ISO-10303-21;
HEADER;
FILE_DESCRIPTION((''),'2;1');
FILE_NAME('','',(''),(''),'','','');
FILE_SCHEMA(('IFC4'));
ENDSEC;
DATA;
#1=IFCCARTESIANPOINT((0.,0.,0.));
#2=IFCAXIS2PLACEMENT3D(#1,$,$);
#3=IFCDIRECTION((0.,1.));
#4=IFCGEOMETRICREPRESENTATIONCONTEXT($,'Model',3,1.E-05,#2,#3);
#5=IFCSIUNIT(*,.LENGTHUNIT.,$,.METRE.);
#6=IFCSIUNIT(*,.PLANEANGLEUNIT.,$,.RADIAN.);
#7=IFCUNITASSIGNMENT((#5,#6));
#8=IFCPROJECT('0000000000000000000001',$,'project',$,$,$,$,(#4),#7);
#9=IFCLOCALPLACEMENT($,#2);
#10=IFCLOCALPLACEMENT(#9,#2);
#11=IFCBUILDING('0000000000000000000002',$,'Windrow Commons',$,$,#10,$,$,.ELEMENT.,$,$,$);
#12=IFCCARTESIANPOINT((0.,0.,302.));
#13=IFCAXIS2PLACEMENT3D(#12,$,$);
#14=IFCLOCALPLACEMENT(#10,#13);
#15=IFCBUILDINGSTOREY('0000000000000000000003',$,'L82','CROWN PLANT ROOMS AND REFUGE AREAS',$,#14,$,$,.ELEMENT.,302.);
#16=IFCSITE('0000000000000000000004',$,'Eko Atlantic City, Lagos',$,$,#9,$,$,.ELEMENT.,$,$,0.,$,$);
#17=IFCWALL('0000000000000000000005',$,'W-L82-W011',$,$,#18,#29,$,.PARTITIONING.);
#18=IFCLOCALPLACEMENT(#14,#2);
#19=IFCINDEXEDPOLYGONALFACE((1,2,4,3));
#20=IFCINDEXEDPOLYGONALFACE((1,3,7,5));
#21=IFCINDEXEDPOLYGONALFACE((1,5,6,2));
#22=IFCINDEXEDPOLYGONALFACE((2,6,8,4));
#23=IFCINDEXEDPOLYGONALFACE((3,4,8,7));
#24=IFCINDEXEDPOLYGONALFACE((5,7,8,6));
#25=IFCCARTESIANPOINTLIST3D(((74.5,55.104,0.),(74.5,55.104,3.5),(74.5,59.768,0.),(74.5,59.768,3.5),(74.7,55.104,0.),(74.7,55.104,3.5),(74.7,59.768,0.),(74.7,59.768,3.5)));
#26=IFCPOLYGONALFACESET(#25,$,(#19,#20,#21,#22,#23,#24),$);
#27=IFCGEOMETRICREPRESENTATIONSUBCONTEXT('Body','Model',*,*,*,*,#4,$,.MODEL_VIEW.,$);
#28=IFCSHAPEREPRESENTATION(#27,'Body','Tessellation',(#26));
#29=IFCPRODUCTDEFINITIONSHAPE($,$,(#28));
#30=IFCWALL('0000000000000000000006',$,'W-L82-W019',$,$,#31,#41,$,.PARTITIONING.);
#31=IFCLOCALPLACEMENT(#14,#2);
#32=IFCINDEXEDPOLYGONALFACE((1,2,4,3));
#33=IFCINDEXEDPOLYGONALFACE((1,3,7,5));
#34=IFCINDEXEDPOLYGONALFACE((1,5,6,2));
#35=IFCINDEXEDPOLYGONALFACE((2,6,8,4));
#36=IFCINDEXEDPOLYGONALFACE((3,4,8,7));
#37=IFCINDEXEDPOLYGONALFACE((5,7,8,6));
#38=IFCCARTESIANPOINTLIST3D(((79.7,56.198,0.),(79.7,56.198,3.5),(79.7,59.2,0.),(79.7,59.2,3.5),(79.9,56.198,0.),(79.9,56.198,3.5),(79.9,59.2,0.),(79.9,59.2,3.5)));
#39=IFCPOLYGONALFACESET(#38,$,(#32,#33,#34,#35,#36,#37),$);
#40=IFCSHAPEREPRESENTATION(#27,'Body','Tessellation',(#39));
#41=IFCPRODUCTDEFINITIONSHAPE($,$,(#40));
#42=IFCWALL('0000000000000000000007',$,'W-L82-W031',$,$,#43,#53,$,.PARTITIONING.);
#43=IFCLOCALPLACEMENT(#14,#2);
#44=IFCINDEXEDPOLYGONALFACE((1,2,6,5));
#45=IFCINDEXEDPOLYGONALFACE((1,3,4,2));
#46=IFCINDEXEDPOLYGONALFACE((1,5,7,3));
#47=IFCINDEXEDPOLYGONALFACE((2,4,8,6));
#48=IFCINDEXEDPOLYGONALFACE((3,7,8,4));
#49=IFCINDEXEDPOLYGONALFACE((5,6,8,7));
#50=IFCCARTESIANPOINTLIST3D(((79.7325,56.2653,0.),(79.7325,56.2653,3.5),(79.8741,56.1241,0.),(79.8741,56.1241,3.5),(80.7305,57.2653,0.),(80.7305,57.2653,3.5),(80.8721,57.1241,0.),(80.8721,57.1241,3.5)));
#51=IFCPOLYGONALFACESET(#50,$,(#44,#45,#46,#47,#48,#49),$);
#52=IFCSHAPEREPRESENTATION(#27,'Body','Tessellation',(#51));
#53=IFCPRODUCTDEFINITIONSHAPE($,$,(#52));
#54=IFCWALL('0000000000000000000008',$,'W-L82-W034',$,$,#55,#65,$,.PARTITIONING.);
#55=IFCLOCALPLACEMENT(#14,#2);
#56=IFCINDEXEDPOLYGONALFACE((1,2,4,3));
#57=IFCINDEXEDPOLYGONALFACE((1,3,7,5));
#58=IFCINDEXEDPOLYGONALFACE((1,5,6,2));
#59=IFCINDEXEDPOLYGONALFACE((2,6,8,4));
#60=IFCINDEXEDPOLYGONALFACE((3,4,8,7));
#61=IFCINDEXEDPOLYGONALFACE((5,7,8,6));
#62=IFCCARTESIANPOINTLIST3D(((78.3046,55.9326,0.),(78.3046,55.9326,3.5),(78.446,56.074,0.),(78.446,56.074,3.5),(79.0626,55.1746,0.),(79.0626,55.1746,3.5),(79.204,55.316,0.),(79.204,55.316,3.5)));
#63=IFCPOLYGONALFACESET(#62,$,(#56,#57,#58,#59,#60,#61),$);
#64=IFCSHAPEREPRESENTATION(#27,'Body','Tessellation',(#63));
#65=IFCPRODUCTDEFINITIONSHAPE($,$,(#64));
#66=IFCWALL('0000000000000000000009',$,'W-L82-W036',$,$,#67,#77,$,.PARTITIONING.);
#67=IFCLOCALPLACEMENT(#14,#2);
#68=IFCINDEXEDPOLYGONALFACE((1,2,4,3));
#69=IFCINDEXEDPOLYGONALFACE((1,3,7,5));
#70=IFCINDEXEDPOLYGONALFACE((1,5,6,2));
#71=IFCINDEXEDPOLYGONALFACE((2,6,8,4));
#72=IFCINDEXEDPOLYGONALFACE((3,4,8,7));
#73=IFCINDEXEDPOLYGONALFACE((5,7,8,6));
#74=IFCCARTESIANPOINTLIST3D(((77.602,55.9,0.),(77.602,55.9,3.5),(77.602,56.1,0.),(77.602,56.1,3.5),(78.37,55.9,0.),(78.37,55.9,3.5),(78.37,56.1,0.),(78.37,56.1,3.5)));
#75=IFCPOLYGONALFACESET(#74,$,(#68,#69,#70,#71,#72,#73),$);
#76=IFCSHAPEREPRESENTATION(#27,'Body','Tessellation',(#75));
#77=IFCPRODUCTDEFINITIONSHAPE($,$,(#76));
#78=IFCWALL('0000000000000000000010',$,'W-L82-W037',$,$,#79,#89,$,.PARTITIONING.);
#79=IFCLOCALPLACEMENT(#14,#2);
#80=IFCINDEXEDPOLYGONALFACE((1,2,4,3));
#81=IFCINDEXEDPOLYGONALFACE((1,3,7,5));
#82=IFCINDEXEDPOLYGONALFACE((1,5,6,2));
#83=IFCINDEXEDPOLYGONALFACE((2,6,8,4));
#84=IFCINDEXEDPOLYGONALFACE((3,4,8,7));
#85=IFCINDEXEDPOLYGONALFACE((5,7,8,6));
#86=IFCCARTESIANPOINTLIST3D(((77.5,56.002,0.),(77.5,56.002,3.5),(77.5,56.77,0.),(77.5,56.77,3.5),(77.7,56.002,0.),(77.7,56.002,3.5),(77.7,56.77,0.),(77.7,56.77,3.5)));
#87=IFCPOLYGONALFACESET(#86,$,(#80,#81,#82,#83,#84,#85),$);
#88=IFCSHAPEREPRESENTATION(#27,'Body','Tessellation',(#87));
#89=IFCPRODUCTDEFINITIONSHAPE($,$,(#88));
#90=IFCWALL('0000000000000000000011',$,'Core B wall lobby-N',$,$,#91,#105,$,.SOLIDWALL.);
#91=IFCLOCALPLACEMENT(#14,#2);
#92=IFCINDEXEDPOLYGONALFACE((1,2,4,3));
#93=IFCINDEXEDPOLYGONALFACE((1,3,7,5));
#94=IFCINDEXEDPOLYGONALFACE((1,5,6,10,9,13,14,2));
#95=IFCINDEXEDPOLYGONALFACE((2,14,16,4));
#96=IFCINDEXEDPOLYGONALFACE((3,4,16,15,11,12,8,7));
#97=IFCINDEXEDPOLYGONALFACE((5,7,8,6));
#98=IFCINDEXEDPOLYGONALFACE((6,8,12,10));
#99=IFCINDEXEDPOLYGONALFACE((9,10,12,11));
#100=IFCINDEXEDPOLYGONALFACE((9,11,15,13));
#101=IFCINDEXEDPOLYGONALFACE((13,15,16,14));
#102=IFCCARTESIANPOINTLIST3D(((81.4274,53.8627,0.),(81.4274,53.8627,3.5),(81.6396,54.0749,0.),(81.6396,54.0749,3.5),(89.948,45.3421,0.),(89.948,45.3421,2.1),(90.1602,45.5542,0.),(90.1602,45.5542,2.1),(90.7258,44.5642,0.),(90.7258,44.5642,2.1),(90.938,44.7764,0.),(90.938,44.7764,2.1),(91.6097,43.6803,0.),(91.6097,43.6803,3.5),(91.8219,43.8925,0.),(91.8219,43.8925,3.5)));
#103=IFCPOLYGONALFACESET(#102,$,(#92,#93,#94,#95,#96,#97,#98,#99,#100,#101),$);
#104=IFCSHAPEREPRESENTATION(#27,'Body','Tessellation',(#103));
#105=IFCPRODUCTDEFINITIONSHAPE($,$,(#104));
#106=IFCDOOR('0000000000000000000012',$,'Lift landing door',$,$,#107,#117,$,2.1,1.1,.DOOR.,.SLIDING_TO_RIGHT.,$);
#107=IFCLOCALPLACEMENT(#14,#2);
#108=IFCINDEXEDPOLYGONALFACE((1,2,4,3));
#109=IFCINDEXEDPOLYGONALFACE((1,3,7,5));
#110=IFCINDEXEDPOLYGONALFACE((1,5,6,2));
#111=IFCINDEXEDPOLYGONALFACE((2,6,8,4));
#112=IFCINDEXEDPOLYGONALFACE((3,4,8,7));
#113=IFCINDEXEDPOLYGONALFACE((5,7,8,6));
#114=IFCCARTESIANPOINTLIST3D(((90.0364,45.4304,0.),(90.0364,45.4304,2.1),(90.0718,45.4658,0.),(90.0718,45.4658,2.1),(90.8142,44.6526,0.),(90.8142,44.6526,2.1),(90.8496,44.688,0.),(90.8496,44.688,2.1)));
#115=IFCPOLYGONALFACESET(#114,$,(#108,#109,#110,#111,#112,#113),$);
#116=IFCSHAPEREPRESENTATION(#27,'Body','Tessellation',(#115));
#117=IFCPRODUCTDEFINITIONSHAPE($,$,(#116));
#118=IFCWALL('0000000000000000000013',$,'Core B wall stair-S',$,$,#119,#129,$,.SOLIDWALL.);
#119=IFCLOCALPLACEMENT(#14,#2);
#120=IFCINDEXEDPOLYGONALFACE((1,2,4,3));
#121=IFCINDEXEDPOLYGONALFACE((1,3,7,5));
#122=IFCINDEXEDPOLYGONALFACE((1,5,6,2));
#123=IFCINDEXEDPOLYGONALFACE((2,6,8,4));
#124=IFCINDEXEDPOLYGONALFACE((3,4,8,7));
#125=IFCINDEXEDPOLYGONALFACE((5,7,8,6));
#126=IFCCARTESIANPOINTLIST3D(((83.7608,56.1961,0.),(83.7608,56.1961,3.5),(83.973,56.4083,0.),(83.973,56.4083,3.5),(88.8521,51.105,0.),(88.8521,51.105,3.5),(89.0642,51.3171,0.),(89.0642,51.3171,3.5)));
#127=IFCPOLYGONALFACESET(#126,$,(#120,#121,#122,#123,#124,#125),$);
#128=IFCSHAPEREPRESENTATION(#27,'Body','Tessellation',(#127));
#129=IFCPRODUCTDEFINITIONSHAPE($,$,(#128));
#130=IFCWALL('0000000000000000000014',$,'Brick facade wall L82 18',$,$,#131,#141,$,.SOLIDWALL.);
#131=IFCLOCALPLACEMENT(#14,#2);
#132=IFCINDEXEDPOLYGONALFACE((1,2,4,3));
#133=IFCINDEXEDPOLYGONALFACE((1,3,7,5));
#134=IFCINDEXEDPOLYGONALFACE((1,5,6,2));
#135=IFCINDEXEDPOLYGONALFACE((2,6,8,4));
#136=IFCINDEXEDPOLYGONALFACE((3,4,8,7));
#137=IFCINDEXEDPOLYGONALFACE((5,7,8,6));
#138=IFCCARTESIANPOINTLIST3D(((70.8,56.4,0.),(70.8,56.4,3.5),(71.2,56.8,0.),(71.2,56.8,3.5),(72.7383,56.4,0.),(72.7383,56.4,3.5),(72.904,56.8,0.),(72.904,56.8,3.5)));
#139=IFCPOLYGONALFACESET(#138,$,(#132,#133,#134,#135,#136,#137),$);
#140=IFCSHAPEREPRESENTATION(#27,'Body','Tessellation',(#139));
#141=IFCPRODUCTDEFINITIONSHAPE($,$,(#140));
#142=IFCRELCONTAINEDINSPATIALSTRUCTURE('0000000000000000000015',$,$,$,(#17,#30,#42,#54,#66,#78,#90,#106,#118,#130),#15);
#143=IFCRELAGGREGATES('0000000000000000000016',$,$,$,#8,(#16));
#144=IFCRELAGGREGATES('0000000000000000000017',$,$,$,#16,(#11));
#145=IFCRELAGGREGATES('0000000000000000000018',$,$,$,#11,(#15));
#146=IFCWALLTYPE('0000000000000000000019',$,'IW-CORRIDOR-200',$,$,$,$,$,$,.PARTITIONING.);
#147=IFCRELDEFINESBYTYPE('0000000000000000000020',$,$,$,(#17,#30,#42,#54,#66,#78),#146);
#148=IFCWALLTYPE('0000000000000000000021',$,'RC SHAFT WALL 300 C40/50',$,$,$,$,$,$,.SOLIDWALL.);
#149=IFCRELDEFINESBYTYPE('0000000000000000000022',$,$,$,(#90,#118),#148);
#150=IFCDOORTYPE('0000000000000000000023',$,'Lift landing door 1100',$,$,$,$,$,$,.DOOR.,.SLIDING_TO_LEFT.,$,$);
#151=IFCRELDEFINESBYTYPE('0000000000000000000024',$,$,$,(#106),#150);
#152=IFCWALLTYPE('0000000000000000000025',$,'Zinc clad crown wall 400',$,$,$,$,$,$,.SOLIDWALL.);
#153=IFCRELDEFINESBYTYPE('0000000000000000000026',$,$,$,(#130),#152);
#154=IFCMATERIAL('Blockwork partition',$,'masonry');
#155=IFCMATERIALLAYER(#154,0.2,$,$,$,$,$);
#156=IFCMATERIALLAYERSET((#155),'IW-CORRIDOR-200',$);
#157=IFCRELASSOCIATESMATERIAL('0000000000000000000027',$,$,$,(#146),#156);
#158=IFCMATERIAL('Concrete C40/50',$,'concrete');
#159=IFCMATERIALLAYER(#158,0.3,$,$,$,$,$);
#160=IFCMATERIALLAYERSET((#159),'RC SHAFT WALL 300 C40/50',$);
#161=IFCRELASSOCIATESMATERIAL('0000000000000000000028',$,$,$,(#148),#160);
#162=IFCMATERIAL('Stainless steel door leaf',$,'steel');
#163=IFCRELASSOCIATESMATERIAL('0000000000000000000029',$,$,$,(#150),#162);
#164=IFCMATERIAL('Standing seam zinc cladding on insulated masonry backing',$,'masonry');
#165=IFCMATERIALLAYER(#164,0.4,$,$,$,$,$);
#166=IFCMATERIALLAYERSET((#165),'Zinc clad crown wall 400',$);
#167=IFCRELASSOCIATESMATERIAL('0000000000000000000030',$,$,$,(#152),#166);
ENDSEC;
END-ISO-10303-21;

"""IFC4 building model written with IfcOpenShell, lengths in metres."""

from ifc_helpers import new_model, si_unit, direction, frame, frame_2d, origin, place, context, subcontext, project, spatial, polyline, rectangle, outline, extrude, material, layer, layer_set, type_object, element, fill, save


model = new_model("IFC4")

# Units and contexts
model_context = context("Model", 3, precision=1e-05, world=origin(), true_north=direction((0.0, 1.0)))
body_context = subcontext(model_context, "Body", "Model", "MODEL_VIEW")
ifc_project = project(units=[si_unit("LENGTHUNIT", "METRE"), si_unit("PLANEANGLEUNIT", "RADIAN")], contexts=[model_context])

# Site, building, storey
site_placement = place(None, origin())
site = spatial("IfcSite", under=ifc_project, at=site_placement, Name="Eko Atlantic City, Lagos", CompositionType="ELEMENT", RefElevation=0.0)
building_placement = place(site_placement, origin())
building = spatial("IfcBuilding", under=site, at=building_placement, Name="Windrow Commons", CompositionType="ELEMENT")
storey_placement = place(building_placement, frame((0.0, 0.0, 302.0)))
storey = spatial("IfcBuildingStorey", under=building, at=storey_placement, Name="L82", Description="CROWN PLANT ROOMS AND REFUGE AREAS", CompositionType="ELEMENT", Elevation=302.0)

# Walls
ifc_material_1 = material(Name="Blockwork partition", Category="masonry")
ifc_layer_1 = layer(ifc_material_1, 0.2)
ifc_layer_set_1 = layer_set([ifc_layer_1], Name="IW-CORRIDOR-200")
wall_type_1 = type_object("IfcWallType", Name="IW-CORRIDOR-200", PredefinedType="PARTITIONING", material=ifc_layer_set_1)
wall_1_placement = place(storey_placement, frame((74.6, 55.104, 0.0), z_axis=(0.0, 0.0, 1.0), x_axis=(0.0, 1.0, 0.0)))
element("IfcWall", 1, at=wall_1_placement, inside=storey, type_object=wall_type_1, Name="W-L82-W011", PredefinedType="PARTITIONING", context=body_context, shape_type="SweptSolid", body=[
    extrude(rectangle(XDim=4.664, YDim=0.2, at=frame_2d((2.332, 0.0))), origin(), (0.0, 0.0, 1.0), 3.5),
])
wall_2_placement = place(storey_placement, frame((79.8, 56.198, 0.0), z_axis=(0.0, 0.0, 1.0), x_axis=(0.0, 1.0, 0.0)))
element("IfcWall", 2, at=wall_2_placement, inside=storey, type_object=wall_type_1, Name="W-L82-W019", PredefinedType="PARTITIONING", context=body_context, shape_type="SweptSolid", body=[
    extrude(rectangle(XDim=3.002, YDim=0.2, at=frame_2d((1.501, 0.0))), origin(), (0.0, 0.0, 1.0), 3.5),
])
wall_3_placement = place(storey_placement, frame((79.8033, 56.1947, 0.0), z_axis=(0.0, 0.0, 1.0), x_axis=(0.706399, 0.707814, 0.0)))
element("IfcWall", 3, at=wall_3_placement, inside=storey, type_object=wall_type_1, Name="W-L82-W031", PredefinedType="PARTITIONING", context=body_context, shape_type="SweptSolid", body=[
    extrude(rectangle(XDim=1.4128, YDim=0.2, at=frame_2d((0.7064, 0.0))), origin(), (0.0, 0.0, 1.0), 3.5),
])
wall_4_placement = place(storey_placement, frame((78.3753, 56.0033, 0.0), z_axis=(0.0, 0.0, 1.0), x_axis=(0.707107, -0.707107, 0.0)))
element("IfcWall", 4, at=wall_4_placement, inside=storey, type_object=wall_type_1, Name="W-L82-W034", PredefinedType="PARTITIONING", context=body_context, shape_type="SweptSolid", body=[
    extrude(rectangle(XDim=1.072, YDim=0.2, at=frame_2d((0.536, 0.0))), origin(), (0.0, 0.0, 1.0), 3.5),
])
for number, where, z_axis, x_axis, name in (
    (5, (77.602, 56.0, 0.0), (0.0, 0.0, 1.0), (1.0, 0.0, 0.0), "W-L82-W036"),
    (6, (77.6, 56.002, 0.0), (0.0, 0.0, 1.0), (0.0, 1.0, 0.0), "W-L82-W037"),
):
    element("IfcWall", number, at=place(storey_placement, frame(where, z_axis=z_axis, x_axis=x_axis)), inside=storey, type_object=wall_type_1, Name=name, PredefinedType="PARTITIONING", context=body_context, shape_type="SweptSolid", body=[
        extrude(rectangle(XDim=0.768, YDim=0.2, at=frame_2d((0.384, 0.0))), origin(), (0.0, 0.0, 1.0), 3.5),
    ])

# Wall, opening, door
ifc_material_2 = material(Name="Concrete C40/50", Category="concrete")
ifc_layer_2 = layer(ifc_material_2, 0.3)
ifc_layer_set_2 = layer_set([ifc_layer_2], Name="RC SHAFT WALL 300 C40/50")
wall_type_2 = type_object("IfcWallType", Name="RC SHAFT WALL 300 C40/50", PredefinedType="SOLIDWALL", material=ifc_layer_set_2)
wall_5_placement = place(storey_placement, frame((81.5335, 53.9688, 0.0), z_axis=(0.0, 0.0, 1.0), x_axis=(0.707103, -0.70711, 0.0)))
wall_5 = element("IfcWall", 7, at=wall_5_placement, inside=storey, type_object=wall_type_2, Name="Core B wall lobby-N", PredefinedType="SOLIDWALL", context=body_context, shape_type="SweptSolid", body=[
    extrude(outline(polyline([(0.0, 0.0), (14.4, 0.0), (14.4, 3.5), (0.0, 3.5), (0.0, 0.0)])), frame((0.0, 0.15, 0.0), z_axis=(0.0, -1.0, 0.0), x_axis=(1.0, 0.0, 0.0)), (0.0, 0.0, 1.0), 0.3),
])
opening_1_placement = place(wall_5_placement, frame((12.05, 0.0, 0.0)))
opening_1 = element("IfcOpeningElement", 8, at=opening_1_placement, cuts=wall_5, PredefinedType="OPENING", context=body_context, shape_type="SweptSolid", body=[
    extrude(rectangle(XDim=1.1, YDim=2.1, at=frame_2d((0.55, 1.05))), frame((0.0, 0.16, 0.0), z_axis=(0.0, -1.0, 0.0), x_axis=(1.0, 0.0, 0.0)), (0.0, 0.0, 1.0), 0.32),
])
ifc_material_3 = material(Name="Stainless steel door leaf", Category="steel")
door_type = type_object("IfcDoorType", Name="Lift landing door 1100", OperationType="SLIDING_TO_LEFT", PredefinedType="DOOR", material=ifc_material_3)
door_placement = place(opening_1_placement, origin())
door = element("IfcDoor", 9, at=door_placement, inside=storey, type_object=door_type, Name="Lift landing door", OperationType="SLIDING_TO_RIGHT", OverallHeight=2.1, OverallWidth=1.1, PredefinedType="DOOR", context=body_context, shape_type="SweptSolid", body=[
    extrude(rectangle(XDim=1.1, YDim=2.1, at=frame_2d((0.55, 1.05))), frame((0.0, 0.025, 0.0), z_axis=(0.0, -1.0, 0.0), x_axis=(1.0, 0.0, 0.0)), (0.0, 0.0, 1.0), 0.05),
])
fill(opening_1, door)

# Walls
wall_6_placement = place(storey_placement, frame((83.8669, 56.3022, 0.0), z_axis=(0.0, 0.0, 1.0), x_axis=(0.707114, -0.7071, 0.0)))
element("IfcWall", 10, at=wall_6_placement, inside=storey, type_object=wall_type_2, Name="Core B wall stair-S", PredefinedType="SOLIDWALL", context=body_context, shape_type="SweptSolid", body=[
    extrude(outline(polyline([(0.0, 0.0), (7.2, 0.0), (7.2, 3.5), (0.0, 3.5), (0.0, 0.0)])), frame((0.0, 0.15, 0.0), z_axis=(0.0, -1.0, 0.0), x_axis=(1.0, 0.0, 0.0)), (0.0, 0.0, 1.0), 0.3),
])
ifc_material_4 = material(Name="Standing seam zinc cladding on insulated masonry backing", Category="masonry")
ifc_layer_3 = layer(ifc_material_4, 0.4)
ifc_layer_set_3 = layer_set([ifc_layer_3], Name="Zinc clad crown wall 400")
wall_type_3 = type_object("IfcWallType", Name="Zinc clad crown wall 400", PredefinedType="SOLIDWALL", material=ifc_layer_set_3)
wall_7_placement = place(storey_placement, frame((71.0, 56.6, 0.0), z_axis=(0.0, 0.0, 1.0), x_axis=(1.0, 0.0, 0.0)))
element("IfcWall", 11, at=wall_7_placement, inside=storey, type_object=wall_type_3, Name="Brick facade wall L82 18", PredefinedType="SOLIDWALL", context=body_context, shape_type="SweptSolid", body=[
    extrude(outline(polyline([(-0.2, -0.2), (1.7383, -0.2), (1.904, 0.2), (0.2, 0.2), (-0.2, -0.2)])), origin(), (0.0, 0.0, 1.0), 3.5),
])

save(model, "model.ifc")
